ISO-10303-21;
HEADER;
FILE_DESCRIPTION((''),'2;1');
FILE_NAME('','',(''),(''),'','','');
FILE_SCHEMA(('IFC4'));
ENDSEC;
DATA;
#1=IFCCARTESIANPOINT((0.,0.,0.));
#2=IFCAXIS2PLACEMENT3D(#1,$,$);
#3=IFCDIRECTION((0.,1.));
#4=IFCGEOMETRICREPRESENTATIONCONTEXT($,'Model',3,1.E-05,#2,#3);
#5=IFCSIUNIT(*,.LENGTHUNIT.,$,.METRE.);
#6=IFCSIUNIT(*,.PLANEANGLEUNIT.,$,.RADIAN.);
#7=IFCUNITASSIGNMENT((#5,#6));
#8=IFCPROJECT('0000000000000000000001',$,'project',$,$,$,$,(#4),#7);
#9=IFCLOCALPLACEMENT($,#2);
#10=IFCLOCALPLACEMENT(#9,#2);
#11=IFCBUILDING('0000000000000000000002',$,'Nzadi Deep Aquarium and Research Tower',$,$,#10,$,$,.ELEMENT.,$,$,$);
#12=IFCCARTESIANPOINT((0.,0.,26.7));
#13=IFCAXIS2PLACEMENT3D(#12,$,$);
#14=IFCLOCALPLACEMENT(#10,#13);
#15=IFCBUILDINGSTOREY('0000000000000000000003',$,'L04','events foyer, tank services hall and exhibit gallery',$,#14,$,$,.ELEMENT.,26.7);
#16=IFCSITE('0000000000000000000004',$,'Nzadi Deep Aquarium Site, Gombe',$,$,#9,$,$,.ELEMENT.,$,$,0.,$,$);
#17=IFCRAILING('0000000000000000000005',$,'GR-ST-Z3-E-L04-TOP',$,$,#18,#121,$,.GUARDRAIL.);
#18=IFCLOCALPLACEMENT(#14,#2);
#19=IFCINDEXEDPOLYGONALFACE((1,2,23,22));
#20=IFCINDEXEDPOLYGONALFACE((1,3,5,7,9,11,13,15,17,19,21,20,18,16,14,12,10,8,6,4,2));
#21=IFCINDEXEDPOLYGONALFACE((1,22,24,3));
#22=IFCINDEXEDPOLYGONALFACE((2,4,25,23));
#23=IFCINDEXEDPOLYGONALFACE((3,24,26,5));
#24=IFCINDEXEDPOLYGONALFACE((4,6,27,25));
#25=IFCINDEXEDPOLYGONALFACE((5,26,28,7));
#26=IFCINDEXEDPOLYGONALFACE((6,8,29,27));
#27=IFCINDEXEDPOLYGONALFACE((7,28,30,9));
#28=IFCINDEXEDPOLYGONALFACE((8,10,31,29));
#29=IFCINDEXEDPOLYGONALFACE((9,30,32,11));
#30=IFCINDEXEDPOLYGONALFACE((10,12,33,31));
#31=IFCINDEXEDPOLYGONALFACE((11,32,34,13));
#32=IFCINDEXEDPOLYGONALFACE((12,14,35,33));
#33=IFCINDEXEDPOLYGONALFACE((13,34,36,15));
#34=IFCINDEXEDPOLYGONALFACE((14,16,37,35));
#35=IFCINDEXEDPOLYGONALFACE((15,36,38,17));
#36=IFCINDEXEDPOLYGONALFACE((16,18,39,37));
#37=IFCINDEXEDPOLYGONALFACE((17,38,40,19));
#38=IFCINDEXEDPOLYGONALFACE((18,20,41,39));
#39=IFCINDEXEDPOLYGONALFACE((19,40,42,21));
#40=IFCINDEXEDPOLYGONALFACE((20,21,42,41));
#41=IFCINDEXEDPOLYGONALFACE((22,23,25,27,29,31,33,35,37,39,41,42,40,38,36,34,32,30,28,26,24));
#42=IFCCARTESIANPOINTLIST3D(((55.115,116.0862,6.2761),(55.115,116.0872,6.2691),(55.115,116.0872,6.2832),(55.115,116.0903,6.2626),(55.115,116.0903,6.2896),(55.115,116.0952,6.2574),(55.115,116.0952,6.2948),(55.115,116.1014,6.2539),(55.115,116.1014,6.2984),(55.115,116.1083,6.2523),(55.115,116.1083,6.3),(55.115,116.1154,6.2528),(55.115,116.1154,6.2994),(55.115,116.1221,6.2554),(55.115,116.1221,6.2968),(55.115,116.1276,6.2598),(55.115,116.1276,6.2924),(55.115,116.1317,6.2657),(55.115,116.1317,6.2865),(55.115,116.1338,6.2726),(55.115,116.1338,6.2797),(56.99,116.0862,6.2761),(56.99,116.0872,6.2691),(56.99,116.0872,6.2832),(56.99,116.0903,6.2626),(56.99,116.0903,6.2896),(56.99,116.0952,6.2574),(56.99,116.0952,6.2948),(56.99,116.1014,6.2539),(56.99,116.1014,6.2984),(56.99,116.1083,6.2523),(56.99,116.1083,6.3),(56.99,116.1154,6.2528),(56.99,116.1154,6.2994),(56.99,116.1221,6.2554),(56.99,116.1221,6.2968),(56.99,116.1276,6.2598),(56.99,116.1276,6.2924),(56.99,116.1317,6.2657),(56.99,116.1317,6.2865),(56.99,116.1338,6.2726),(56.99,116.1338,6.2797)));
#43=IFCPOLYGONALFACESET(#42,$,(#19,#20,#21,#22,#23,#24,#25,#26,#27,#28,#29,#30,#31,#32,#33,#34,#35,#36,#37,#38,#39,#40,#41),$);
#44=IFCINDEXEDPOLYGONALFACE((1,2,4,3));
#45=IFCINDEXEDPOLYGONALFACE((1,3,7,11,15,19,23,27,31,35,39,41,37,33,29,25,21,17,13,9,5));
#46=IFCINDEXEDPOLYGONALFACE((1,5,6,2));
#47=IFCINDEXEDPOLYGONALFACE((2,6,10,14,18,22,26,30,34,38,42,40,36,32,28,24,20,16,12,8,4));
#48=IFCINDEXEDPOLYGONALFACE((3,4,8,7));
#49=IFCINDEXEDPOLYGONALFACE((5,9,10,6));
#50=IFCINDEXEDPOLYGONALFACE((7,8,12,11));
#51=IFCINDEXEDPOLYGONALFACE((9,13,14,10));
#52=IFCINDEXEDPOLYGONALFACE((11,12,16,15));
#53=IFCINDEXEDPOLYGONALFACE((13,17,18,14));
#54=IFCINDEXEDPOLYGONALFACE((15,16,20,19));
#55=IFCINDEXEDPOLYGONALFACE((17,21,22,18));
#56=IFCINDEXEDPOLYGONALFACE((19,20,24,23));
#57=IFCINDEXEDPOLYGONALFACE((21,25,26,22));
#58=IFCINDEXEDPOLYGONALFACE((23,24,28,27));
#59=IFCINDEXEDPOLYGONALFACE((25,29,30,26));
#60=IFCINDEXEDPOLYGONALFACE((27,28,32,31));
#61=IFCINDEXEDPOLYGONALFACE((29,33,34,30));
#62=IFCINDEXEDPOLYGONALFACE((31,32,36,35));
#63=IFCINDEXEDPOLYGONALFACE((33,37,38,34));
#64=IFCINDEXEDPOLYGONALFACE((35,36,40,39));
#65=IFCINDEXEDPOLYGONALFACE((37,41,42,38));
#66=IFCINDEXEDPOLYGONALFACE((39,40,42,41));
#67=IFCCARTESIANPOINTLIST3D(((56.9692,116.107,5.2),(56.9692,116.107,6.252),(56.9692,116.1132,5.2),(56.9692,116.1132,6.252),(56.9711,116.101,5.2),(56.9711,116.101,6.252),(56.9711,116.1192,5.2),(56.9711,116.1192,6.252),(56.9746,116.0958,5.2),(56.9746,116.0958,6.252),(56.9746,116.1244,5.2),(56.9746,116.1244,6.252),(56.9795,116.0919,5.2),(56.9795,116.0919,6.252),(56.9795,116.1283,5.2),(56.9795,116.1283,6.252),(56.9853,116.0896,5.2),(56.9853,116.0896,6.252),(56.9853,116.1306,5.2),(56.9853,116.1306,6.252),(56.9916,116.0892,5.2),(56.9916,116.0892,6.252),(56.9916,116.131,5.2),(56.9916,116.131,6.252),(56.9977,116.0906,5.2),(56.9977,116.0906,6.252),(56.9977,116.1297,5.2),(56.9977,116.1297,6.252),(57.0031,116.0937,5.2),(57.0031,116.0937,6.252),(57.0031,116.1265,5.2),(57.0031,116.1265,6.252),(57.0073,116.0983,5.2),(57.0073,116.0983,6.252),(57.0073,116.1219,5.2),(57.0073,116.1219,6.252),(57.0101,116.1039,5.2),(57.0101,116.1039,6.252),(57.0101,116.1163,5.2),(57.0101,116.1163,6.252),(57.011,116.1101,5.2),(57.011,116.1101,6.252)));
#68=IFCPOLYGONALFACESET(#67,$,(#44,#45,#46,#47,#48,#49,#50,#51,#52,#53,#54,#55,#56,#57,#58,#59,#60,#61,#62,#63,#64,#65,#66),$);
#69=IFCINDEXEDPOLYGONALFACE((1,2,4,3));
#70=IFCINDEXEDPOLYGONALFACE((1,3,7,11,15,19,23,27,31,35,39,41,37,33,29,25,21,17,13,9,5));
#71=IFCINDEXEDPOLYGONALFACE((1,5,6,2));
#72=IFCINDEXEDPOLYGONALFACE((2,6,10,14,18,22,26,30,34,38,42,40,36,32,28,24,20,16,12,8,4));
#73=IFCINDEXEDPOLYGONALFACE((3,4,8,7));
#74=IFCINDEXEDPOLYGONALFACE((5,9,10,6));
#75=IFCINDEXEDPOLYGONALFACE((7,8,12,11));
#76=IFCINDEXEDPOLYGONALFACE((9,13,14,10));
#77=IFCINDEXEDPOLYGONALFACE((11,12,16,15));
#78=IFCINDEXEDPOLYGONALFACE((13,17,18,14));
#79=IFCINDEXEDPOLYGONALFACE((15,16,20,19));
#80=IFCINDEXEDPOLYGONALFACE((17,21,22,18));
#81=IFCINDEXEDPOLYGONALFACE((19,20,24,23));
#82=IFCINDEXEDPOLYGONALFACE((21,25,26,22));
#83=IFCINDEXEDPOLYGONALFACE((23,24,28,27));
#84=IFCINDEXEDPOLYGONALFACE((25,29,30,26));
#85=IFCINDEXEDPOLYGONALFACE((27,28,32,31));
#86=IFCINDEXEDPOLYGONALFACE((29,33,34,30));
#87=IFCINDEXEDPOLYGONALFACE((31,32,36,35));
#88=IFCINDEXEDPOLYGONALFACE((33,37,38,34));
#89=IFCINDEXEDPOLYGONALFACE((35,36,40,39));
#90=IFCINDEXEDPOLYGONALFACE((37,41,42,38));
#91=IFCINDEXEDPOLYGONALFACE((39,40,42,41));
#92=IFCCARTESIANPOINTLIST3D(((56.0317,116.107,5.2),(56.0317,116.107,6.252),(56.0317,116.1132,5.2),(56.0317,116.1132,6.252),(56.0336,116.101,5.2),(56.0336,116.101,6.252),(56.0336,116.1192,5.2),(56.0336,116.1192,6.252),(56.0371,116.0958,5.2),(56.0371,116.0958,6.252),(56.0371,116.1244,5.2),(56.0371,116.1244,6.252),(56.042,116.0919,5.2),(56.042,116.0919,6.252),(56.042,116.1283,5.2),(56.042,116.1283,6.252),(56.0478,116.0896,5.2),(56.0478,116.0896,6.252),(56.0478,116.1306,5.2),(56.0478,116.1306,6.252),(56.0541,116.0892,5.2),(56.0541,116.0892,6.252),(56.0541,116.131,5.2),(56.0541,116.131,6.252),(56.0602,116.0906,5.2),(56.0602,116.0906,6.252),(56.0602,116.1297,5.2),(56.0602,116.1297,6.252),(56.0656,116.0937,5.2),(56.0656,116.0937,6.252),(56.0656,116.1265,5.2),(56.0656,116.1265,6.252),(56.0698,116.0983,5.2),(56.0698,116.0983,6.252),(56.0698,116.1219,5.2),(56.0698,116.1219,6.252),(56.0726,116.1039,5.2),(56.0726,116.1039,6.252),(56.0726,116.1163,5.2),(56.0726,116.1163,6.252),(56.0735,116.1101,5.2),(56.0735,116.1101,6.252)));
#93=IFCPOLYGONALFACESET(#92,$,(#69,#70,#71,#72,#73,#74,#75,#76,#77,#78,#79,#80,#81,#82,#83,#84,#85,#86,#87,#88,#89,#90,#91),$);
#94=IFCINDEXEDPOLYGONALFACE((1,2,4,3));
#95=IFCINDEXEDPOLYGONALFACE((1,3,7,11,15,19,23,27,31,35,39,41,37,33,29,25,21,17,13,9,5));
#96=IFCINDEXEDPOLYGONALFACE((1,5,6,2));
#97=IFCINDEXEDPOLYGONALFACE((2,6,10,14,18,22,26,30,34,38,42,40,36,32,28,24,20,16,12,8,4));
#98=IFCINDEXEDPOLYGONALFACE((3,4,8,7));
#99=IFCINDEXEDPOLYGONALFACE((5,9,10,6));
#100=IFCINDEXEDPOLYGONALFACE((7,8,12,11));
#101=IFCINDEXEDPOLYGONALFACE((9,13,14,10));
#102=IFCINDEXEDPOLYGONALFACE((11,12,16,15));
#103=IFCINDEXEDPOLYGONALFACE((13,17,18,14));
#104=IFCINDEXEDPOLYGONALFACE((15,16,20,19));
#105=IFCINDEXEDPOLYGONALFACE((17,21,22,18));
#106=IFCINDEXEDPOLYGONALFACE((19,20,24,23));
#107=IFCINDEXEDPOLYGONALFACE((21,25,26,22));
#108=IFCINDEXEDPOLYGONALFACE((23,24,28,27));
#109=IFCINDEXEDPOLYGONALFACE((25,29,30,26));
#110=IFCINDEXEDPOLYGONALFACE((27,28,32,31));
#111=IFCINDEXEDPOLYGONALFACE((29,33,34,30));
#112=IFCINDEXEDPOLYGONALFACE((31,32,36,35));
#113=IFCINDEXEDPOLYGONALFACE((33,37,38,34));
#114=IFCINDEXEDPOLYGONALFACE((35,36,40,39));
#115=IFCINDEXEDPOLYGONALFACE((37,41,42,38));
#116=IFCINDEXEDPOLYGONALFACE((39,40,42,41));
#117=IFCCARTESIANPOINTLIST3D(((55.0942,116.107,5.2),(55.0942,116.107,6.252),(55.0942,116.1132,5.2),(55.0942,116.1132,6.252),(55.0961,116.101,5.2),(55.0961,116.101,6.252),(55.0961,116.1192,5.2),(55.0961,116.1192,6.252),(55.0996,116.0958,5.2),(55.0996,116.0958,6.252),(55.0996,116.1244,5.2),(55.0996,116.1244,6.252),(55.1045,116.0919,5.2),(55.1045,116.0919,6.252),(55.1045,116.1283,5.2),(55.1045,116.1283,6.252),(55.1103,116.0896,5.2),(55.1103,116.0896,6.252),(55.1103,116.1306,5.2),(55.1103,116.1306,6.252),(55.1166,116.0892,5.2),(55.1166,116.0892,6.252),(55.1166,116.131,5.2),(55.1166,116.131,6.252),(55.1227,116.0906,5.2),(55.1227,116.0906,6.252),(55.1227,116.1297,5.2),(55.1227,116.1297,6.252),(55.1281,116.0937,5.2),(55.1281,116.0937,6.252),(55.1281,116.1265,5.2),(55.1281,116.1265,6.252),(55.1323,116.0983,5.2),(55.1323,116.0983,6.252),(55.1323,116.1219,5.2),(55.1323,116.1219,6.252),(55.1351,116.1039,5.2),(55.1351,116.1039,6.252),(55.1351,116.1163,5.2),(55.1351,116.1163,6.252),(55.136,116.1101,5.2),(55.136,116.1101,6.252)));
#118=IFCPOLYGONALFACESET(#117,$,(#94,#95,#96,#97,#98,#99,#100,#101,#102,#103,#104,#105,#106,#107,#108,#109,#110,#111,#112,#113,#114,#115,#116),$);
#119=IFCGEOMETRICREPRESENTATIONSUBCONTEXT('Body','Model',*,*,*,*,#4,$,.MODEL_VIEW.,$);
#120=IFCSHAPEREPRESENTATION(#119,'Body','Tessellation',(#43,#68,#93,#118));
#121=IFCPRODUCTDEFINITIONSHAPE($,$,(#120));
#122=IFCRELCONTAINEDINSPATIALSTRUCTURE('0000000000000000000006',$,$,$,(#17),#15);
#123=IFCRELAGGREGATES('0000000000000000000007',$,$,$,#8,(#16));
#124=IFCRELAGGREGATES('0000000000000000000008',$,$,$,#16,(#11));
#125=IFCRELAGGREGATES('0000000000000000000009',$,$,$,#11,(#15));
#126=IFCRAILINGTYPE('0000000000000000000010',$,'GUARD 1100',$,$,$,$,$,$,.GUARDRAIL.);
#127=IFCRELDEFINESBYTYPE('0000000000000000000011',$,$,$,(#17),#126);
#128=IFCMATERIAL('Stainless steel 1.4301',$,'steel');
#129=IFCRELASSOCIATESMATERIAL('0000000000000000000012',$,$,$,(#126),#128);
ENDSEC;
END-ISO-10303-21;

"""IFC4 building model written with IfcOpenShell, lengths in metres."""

from ifc_helpers import new_model, si_unit, direction, frame, origin, origin_2d, place, context, subcontext, project, spatial, circle, extrude, material, type_object, element, save


model = new_model("IFC4")

# Units and contexts
model_context = context("Model", 3, precision=1e-05, world=origin(), true_north=direction((0.0, 1.0)))
body_context = subcontext(model_context, "Body", "Model", "MODEL_VIEW")
ifc_project = project(units=[si_unit("LENGTHUNIT", "METRE"), si_unit("PLANEANGLEUNIT", "RADIAN")], contexts=[model_context])

# Site, building, storey
site_placement = place(None, origin())
site = spatial("IfcSite", under=ifc_project, at=site_placement, Name="Nzadi Deep Aquarium Site, Gombe", CompositionType="ELEMENT", RefElevation=0.0)
building_placement = place(site_placement, origin())
building = spatial("IfcBuilding", under=site, at=building_placement, Name="Nzadi Deep Aquarium and Research Tower", CompositionType="ELEMENT")
storey_placement = place(building_placement, frame((0.0, 0.0, 26.7)))
storey = spatial("IfcBuildingStorey", under=building, at=storey_placement, Name="L04", Description="events foyer, tank services hall and exhibit gallery", CompositionType="ELEMENT", Elevation=26.7)

# Railing
ifc_material_1 = material(Name="Stainless steel 1.4301", Category="steel")
railing_type_1 = type_object("IfcRailingType", Name="GUARD 1100", PredefinedType="GUARDRAIL", material=ifc_material_1)
railing_1_placement = place(storey_placement, frame((56.99, 116.1101, 5.2)))
element("IfcRailing", 1, at=railing_1_placement, inside=storey, type_object=railing_type_1, Name="GR-ST-Z3-E-L04-TOP", PredefinedType="GUARDRAIL", context=body_context, shape_type="SweptSolid", body=[
    extrude(circle(Radius=0.0239, at=origin_2d()), frame((0.0, 0.0, 1.0762), z_axis=(-1.0, 0.0, 0.0), x_axis=(0.0, -1.0, 0.0)), (0.0, 0.0, 1.0), 1.875),
    extrude(circle(Radius=0.021, at=origin_2d()), origin(), (0.0, 0.0, 1.0), 1.052),
    extrude(circle(Radius=0.021, at=origin_2d()), frame((-0.9375, 0.0, 0.0)), (0.0, 0.0, 1.0), 1.052),
    extrude(circle(Radius=0.021, at=origin_2d()), frame((-1.875, 0.0, 0.0)), (0.0, 0.0, 1.0), 1.052),
])

save(model, "model.ifc")
